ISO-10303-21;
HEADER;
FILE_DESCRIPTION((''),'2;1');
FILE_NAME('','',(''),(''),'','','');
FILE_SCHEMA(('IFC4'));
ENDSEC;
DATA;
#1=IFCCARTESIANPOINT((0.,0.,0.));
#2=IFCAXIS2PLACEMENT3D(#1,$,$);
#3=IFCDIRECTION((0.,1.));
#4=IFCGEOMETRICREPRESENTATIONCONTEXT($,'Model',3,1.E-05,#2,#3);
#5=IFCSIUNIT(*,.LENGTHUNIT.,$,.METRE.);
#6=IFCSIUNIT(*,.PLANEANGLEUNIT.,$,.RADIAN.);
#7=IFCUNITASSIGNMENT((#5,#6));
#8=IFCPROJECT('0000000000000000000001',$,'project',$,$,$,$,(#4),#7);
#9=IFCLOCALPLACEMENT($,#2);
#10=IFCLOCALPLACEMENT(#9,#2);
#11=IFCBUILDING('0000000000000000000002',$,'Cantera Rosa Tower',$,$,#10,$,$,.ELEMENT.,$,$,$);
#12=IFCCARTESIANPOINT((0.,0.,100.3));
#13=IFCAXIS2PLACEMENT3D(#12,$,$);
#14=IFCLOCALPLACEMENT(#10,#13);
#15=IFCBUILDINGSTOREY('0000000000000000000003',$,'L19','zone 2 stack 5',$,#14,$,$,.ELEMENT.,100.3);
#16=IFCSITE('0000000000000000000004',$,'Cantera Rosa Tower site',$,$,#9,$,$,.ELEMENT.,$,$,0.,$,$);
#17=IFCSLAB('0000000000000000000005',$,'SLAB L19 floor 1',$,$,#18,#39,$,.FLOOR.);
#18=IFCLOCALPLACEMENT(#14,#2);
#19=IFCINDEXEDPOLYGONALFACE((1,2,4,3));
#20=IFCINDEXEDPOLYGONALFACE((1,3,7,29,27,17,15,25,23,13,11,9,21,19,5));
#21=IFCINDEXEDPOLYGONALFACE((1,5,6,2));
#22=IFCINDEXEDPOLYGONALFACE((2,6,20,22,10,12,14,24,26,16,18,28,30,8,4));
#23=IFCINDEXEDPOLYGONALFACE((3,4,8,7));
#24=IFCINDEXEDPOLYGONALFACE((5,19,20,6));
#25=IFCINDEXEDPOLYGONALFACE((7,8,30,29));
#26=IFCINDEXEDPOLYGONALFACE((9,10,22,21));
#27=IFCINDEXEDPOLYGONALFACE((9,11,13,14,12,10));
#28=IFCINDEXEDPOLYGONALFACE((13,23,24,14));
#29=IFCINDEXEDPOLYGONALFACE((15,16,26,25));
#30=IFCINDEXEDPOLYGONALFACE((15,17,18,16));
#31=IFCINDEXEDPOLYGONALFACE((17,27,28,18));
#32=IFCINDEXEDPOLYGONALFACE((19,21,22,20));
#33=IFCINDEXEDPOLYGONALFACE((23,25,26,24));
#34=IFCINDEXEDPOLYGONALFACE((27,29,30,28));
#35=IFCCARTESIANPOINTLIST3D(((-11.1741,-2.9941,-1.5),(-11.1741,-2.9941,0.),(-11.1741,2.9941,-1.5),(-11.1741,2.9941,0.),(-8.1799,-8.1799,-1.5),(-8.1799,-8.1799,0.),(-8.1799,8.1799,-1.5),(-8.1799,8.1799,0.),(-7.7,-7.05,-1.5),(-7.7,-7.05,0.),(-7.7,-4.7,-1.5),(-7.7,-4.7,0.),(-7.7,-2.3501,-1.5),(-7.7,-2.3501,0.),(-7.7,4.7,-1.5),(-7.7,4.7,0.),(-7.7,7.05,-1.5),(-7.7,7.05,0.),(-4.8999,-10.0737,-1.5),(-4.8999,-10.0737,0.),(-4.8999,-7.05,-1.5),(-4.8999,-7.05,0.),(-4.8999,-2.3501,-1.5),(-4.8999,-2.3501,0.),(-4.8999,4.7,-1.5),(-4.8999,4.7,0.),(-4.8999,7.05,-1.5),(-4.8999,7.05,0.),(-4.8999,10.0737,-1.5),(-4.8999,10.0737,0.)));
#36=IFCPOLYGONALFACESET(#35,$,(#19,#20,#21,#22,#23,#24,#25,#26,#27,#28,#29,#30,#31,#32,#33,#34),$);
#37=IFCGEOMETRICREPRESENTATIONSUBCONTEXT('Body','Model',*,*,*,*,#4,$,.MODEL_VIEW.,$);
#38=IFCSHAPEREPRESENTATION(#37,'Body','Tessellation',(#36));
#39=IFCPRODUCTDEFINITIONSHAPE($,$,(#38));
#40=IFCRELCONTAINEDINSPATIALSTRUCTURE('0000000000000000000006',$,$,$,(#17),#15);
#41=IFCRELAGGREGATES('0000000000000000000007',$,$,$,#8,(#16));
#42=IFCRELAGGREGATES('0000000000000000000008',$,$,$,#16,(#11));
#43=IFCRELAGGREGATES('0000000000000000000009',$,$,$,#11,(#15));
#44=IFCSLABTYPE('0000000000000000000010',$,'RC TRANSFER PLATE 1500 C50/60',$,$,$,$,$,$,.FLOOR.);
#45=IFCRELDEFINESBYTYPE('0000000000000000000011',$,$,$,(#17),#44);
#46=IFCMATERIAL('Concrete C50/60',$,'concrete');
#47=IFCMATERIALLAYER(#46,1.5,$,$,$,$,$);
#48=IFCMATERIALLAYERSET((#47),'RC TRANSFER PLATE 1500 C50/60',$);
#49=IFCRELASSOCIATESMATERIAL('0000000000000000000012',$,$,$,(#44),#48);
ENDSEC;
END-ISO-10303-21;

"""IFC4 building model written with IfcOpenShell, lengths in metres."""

from ifc_helpers import new_model, si_unit, direction, frame, origin, place, context, subcontext, project, spatial, polyline, outline, extrude, material, layer, layer_set, type_object, element, save


model = new_model("IFC4")

# Units and contexts
model_context = context("Model", 3, precision=1e-05, world=origin(), true_north=direction((0.0, 1.0)))
body_context = subcontext(model_context, "Body", "Model", "MODEL_VIEW")
ifc_project = project(units=[si_unit("LENGTHUNIT", "METRE"), si_unit("PLANEANGLEUNIT", "RADIAN")], contexts=[model_context])

# Site, building, storey
site_placement = place(None, origin())
site = spatial("IfcSite", under=ifc_project, at=site_placement, Name="Cantera Rosa Tower site", CompositionType="ELEMENT", RefElevation=0.0)
building_placement = place(site_placement, origin())
building = spatial("IfcBuilding", under=site, at=building_placement, Name="Cantera Rosa Tower", CompositionType="ELEMENT")
storey_placement = place(building_placement, frame((0.0, 0.0, 100.3)))
storey = spatial("IfcBuildingStorey", under=building, at=storey_placement, Name="L19", Description="zone 2 stack 5", CompositionType="ELEMENT", Elevation=100.3)

# Slab
ifc_material_1 = material(Name="Concrete C50/60", Category="concrete")
ifc_layer_1 = layer(ifc_material_1, 1.5)
ifc_layer_set_1 = layer_set([ifc_layer_1], Name="RC TRANSFER PLATE 1500 C50/60")
slab_type_1 = type_object("IfcSlabType", Name="RC TRANSFER PLATE 1500 C50/60", PredefinedType="FLOOR", material=ifc_layer_set_1)
slab_1_placement = place(storey_placement, frame((0.0, 0.0, -1.5)))
element("IfcSlab", 1, at=slab_1_placement, inside=storey, type_object=slab_type_1, Name="SLAB L19 floor 1", PredefinedType="FLOOR", context=body_context, shape_type="SweptSolid", body=[
    extrude(outline(polyline([(-7.7, -7.05), (-4.8999, -7.05), (-4.8999, -10.0737), (-8.1799, -8.1799), (-11.1741, -2.9941), (-11.1741, 2.9941), (-8.1799, 8.1799), (-4.8999, 10.0737), (-4.8999, 7.05), (-7.7, 7.05), (-7.7, 4.7), (-4.8999, 4.7), (-4.8999, -2.3501), (-7.7, -2.3501), (-7.7, -4.7), (-7.7, -7.05)])), origin(), (0.0, 0.0, 1.0), 1.5),
])

save(model, "model.ifc")
